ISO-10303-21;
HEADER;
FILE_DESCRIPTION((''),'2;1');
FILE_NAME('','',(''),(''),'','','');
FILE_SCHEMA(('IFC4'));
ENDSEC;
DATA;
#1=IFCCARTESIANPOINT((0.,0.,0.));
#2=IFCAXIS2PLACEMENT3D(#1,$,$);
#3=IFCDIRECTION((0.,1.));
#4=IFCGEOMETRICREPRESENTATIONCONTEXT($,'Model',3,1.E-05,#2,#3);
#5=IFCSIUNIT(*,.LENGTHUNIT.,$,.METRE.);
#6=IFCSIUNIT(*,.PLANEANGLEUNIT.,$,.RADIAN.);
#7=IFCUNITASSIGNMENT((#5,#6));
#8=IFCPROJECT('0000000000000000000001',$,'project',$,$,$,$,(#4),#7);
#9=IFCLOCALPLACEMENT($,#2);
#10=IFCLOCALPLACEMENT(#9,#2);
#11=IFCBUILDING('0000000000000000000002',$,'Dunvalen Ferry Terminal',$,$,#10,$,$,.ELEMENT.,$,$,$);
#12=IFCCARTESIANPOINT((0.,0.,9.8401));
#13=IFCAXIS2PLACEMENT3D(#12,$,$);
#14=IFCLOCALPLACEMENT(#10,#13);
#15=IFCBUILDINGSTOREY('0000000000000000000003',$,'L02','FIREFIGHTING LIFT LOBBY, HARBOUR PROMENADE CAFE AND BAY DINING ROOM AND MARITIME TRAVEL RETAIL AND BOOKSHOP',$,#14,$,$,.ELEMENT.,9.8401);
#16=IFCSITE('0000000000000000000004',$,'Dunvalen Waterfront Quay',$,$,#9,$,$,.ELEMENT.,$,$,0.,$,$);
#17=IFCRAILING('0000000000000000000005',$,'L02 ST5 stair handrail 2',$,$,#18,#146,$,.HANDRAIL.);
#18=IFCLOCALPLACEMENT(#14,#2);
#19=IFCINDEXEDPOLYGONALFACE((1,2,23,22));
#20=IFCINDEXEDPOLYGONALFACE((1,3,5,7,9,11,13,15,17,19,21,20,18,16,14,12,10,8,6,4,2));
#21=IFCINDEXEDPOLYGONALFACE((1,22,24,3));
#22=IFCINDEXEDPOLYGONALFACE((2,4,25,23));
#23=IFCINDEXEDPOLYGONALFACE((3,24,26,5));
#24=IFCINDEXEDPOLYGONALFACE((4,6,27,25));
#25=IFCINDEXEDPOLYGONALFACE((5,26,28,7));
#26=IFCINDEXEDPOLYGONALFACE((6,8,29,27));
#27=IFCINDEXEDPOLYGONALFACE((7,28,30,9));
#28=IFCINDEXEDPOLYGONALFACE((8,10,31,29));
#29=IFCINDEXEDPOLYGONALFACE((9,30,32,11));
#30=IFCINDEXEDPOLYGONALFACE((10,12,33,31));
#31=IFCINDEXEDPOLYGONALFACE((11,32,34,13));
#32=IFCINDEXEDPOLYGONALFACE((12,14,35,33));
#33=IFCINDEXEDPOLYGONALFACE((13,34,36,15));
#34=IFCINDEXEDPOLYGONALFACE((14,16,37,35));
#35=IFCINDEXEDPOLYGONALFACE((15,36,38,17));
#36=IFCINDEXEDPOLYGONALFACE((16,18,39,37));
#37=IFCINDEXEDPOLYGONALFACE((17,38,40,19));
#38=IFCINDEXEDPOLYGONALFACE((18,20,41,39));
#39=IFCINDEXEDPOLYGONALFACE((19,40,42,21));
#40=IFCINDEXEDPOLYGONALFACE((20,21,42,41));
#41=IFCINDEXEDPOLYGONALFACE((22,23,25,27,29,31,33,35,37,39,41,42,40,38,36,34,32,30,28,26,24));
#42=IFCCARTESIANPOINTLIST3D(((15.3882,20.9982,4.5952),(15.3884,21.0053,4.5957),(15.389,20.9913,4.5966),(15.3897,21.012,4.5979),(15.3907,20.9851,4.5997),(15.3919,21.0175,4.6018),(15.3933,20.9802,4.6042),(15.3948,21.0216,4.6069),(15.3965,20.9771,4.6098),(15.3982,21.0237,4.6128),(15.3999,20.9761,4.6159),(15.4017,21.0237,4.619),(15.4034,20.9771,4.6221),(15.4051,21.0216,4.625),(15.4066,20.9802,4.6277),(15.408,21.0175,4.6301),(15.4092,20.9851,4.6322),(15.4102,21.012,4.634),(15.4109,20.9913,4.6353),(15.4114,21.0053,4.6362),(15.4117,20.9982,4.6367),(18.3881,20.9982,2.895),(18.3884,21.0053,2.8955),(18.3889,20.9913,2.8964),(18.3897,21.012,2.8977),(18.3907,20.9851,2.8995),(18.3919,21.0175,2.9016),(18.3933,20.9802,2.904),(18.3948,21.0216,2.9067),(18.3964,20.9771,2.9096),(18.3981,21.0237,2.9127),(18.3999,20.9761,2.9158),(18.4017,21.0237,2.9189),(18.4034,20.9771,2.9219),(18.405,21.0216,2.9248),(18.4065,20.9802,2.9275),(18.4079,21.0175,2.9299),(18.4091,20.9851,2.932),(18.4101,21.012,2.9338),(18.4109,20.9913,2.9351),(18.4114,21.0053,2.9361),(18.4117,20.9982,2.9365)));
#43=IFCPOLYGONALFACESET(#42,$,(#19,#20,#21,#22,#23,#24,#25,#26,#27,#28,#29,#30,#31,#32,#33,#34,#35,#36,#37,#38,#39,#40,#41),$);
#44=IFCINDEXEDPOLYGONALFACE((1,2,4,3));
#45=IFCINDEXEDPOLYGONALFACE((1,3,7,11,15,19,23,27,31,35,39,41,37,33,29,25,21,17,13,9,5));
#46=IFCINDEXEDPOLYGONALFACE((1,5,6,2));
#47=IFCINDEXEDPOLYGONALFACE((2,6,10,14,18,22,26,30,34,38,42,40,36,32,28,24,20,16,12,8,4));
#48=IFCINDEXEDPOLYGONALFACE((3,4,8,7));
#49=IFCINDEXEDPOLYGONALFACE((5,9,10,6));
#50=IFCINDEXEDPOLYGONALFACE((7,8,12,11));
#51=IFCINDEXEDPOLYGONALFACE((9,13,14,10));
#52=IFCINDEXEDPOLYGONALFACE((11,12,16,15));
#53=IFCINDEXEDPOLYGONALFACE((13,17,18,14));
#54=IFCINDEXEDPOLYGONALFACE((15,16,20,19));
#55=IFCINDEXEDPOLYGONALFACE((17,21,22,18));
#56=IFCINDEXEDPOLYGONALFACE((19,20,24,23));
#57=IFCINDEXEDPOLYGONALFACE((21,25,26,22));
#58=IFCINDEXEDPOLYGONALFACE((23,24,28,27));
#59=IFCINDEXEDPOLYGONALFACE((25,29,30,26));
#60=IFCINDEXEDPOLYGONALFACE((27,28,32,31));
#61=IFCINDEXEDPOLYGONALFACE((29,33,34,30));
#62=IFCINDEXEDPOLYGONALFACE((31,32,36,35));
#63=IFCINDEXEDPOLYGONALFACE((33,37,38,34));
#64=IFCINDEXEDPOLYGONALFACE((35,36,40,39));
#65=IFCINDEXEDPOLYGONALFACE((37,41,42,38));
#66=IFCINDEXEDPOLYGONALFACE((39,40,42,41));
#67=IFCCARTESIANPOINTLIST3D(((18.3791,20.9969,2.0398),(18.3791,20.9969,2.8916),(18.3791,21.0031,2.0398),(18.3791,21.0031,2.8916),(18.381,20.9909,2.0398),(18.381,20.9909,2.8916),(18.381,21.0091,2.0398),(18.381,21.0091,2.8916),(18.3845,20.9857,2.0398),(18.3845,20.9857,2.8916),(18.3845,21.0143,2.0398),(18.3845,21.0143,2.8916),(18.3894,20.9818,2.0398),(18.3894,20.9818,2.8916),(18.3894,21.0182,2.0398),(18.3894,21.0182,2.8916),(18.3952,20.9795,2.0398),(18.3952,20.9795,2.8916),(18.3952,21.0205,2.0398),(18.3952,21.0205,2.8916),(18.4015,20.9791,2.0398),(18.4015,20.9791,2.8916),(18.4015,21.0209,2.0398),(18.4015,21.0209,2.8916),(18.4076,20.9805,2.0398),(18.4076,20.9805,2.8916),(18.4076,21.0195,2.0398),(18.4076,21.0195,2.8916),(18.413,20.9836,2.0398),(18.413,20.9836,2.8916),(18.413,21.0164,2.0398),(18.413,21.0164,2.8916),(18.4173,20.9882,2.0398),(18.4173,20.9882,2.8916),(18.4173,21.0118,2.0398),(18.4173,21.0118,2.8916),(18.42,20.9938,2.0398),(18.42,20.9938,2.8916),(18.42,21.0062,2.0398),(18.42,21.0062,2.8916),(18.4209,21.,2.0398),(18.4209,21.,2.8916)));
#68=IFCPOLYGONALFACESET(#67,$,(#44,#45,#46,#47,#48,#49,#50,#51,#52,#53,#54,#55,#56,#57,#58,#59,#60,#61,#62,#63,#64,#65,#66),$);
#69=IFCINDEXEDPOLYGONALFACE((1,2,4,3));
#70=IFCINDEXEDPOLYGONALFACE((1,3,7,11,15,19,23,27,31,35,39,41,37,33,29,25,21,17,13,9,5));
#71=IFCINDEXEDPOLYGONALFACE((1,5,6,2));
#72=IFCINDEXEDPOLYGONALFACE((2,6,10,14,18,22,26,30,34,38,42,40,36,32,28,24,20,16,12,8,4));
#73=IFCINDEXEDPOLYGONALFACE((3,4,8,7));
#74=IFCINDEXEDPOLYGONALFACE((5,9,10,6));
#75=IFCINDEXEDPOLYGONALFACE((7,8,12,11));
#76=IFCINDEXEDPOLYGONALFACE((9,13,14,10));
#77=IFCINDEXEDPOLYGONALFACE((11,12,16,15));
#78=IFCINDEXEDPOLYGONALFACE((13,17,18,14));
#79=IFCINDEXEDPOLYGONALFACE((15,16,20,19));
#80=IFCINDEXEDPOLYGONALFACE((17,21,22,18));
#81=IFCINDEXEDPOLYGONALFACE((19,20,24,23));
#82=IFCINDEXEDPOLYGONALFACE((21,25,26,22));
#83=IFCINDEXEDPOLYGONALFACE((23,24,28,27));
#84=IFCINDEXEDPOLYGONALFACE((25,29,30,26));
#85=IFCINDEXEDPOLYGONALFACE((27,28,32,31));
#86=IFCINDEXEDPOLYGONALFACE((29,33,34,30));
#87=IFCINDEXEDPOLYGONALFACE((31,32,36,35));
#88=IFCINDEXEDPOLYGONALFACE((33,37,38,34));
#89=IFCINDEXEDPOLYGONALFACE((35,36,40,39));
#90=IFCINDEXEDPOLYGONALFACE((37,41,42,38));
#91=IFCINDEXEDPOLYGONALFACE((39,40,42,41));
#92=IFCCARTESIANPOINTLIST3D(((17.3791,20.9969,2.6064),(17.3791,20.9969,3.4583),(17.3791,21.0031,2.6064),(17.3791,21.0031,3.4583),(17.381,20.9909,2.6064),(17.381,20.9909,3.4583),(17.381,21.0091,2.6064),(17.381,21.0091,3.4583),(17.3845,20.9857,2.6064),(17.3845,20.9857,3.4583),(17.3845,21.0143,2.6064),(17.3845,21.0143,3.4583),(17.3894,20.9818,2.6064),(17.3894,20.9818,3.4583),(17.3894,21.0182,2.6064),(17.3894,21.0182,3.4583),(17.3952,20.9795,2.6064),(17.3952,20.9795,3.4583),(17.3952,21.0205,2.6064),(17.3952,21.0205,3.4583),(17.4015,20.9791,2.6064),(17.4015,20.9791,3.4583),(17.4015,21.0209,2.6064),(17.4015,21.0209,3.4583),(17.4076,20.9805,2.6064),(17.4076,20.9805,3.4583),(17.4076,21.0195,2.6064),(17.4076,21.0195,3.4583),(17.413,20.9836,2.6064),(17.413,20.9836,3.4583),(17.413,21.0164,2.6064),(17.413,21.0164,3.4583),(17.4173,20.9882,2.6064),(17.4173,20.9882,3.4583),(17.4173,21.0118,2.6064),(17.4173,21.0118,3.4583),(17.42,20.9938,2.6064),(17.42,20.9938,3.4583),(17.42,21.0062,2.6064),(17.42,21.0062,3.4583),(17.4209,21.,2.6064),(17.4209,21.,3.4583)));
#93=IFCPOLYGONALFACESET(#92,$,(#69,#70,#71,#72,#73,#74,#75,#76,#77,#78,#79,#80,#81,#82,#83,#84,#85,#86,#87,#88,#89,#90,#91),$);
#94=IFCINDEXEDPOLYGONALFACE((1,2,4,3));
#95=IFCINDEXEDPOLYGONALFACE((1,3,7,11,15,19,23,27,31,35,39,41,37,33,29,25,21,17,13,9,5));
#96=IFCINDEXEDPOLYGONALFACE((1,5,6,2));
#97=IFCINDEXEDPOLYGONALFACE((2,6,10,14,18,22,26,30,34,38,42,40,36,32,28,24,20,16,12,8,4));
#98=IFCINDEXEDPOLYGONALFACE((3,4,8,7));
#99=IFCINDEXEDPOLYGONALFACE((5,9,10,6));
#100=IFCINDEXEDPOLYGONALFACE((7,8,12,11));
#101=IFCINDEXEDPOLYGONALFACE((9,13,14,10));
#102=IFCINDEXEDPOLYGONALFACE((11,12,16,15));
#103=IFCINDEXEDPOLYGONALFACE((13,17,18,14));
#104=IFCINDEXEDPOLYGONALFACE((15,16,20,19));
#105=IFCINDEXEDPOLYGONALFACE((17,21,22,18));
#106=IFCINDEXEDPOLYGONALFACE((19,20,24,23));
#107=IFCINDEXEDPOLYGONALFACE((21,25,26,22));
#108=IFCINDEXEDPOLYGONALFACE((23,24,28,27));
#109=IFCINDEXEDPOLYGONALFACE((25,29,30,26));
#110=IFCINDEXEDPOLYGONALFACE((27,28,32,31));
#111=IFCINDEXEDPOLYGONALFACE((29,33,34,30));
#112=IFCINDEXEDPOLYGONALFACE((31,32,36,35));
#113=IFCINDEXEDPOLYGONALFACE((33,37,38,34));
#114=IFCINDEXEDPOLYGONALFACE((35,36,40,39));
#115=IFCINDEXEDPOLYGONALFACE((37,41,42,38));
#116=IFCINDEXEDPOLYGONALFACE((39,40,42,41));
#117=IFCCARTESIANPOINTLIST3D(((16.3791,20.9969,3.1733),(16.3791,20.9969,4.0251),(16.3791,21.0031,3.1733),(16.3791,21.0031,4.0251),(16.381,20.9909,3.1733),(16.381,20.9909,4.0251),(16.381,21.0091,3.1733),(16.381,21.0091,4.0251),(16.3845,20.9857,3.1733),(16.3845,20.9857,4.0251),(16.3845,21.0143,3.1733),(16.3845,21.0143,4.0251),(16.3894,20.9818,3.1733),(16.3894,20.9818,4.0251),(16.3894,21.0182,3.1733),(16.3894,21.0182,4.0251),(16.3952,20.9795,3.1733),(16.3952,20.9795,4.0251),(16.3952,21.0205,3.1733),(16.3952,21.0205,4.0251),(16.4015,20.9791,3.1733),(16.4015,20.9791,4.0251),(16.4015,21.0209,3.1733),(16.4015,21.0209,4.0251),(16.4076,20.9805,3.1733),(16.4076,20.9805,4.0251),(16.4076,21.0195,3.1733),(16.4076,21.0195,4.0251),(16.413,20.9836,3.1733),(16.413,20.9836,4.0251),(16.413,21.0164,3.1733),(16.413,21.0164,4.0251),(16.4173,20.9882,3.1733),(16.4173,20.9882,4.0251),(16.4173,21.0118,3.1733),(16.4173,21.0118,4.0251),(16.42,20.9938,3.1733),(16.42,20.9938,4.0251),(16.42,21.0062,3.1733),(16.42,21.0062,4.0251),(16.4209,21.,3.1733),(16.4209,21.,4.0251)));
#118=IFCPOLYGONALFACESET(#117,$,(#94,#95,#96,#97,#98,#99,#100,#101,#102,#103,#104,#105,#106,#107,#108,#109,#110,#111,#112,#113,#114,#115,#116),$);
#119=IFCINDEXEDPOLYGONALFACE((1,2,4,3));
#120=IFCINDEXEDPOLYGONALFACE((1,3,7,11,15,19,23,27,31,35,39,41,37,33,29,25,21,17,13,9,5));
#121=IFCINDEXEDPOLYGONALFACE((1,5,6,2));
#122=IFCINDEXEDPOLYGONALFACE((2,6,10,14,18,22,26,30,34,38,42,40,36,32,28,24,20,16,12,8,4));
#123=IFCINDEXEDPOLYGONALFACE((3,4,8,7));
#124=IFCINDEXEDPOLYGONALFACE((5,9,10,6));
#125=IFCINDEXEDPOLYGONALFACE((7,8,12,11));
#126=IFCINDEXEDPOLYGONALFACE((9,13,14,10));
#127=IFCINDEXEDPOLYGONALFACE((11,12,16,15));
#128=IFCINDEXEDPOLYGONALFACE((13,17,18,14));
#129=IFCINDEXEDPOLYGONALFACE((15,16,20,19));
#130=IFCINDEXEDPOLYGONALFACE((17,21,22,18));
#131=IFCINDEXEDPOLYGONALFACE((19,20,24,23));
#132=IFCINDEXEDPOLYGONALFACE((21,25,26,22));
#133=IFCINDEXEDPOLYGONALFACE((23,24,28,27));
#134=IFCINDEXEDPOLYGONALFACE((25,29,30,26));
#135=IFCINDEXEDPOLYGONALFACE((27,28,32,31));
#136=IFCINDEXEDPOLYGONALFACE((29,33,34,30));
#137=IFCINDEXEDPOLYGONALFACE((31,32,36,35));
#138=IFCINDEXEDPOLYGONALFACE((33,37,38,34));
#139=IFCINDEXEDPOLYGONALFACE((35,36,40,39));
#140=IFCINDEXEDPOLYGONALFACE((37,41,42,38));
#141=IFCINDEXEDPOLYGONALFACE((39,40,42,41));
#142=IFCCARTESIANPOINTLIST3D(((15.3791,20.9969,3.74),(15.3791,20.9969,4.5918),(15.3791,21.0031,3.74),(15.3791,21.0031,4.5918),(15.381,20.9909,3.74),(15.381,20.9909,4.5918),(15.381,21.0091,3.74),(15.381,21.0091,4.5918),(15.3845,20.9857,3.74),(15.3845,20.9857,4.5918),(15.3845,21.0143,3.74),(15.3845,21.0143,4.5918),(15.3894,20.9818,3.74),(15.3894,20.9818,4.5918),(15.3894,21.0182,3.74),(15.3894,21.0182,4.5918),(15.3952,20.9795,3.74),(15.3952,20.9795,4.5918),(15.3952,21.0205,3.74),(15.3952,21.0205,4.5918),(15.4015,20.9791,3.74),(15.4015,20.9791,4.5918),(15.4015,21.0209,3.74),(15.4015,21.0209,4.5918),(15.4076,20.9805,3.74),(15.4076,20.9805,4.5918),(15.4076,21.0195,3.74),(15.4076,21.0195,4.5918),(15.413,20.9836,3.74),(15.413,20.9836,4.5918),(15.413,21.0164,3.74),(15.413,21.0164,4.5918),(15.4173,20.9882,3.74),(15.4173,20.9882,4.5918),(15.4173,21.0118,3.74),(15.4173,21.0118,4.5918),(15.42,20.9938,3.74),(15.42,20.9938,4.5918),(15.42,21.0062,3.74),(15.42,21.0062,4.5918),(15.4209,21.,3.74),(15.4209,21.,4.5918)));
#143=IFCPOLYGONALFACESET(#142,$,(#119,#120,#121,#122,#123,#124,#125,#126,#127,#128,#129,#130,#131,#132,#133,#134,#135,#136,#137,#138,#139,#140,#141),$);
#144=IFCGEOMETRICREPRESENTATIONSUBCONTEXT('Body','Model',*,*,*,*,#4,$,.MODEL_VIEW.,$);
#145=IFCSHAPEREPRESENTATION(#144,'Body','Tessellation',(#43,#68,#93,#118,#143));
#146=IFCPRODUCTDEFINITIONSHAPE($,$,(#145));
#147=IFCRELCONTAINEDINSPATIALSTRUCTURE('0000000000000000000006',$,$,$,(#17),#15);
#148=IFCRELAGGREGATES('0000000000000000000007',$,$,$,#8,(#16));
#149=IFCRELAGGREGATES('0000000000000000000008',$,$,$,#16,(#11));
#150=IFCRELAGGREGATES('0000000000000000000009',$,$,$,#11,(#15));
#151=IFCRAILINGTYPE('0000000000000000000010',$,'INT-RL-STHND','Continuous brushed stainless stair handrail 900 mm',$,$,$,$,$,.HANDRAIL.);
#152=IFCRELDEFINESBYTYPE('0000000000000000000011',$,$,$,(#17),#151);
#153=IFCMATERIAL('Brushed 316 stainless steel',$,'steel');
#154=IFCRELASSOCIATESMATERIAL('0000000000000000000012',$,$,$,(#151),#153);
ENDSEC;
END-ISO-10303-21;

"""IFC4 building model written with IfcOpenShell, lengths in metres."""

from ifc_helpers import new_model, si_unit, direction, frame, origin, origin_2d, place, context, subcontext, project, spatial, circle, extrude, material, type_object, element, save


model = new_model("IFC4")

# Units and contexts
model_context = context("Model", 3, precision=1e-05, world=origin(), true_north=direction((0.0, 1.0)))
body_context = subcontext(model_context, "Body", "Model", "MODEL_VIEW")
ifc_project = project(units=[si_unit("LENGTHUNIT", "METRE"), si_unit("PLANEANGLEUNIT", "RADIAN")], contexts=[model_context])

# Site, building, storey
site_placement = place(None, origin())
site = spatial("IfcSite", under=ifc_project, at=site_placement, Name="Dunvalen Waterfront Quay", CompositionType="ELEMENT", RefElevation=0.0)
building_placement = place(site_placement, origin())
building = spatial("IfcBuilding", under=site, at=building_placement, Name="Dunvalen Ferry Terminal", CompositionType="ELEMENT")
storey_placement = place(building_placement, frame((0.0, 0.0, 9.8401)))
storey = spatial("IfcBuildingStorey", under=building, at=storey_placement, Name="L02", Description="FIREFIGHTING LIFT LOBBY, HARBOUR PROMENADE CAFE AND BAY DINING ROOM AND MARITIME TRAVEL RETAIL AND BOOKSHOP", CompositionType="ELEMENT", Elevation=9.8401)

# Railing
ifc_material_1 = material(Name="Brushed 316 stainless steel", Category="steel")
railing_type_1 = type_object("IfcRailingType", Name="INT-RL-STHND", Description="Continuous brushed stainless stair handrail 900 mm", PredefinedType="HANDRAIL", material=ifc_material_1)
railing_1_placement = place(storey_placement, frame((18.3999, 21.0, 2.0398)))
element("IfcRailing", 1, at=railing_1_placement, inside=storey, type_object=railing_type_1, Name="L02 ST5 stair handrail 2", PredefinedType="HANDRAIL", context=body_context, shape_type="SweptSolid", body=[
    extrude(circle(Radius=0.0239, at=origin_2d()), frame((0.0, 0.0, 0.876), z_axis=(-0.869998, 0.0, 0.493055), x_axis=(0.0, -1.0, 0.0)), (0.0, 0.0, 1.0), 3.4482),
    extrude(circle(Radius=0.021, at=origin_2d()), origin(), (0.0, 0.0, 1.0), 0.8518),
    extrude(circle(Radius=0.021, at=origin_2d()), frame((-1.0, 0.0, 0.5667)), (0.0, 0.0, 1.0), 0.8518),
    extrude(circle(Radius=0.021, at=origin_2d()), frame((-2.0, 0.0, 1.1335)), (0.0, 0.0, 1.0), 0.8518),
    extrude(circle(Radius=0.021, at=origin_2d()), frame((-3.0, 0.0, 1.7002)), (0.0, 0.0, 1.0), 0.8518),
])

save(model, "model.ifc")
